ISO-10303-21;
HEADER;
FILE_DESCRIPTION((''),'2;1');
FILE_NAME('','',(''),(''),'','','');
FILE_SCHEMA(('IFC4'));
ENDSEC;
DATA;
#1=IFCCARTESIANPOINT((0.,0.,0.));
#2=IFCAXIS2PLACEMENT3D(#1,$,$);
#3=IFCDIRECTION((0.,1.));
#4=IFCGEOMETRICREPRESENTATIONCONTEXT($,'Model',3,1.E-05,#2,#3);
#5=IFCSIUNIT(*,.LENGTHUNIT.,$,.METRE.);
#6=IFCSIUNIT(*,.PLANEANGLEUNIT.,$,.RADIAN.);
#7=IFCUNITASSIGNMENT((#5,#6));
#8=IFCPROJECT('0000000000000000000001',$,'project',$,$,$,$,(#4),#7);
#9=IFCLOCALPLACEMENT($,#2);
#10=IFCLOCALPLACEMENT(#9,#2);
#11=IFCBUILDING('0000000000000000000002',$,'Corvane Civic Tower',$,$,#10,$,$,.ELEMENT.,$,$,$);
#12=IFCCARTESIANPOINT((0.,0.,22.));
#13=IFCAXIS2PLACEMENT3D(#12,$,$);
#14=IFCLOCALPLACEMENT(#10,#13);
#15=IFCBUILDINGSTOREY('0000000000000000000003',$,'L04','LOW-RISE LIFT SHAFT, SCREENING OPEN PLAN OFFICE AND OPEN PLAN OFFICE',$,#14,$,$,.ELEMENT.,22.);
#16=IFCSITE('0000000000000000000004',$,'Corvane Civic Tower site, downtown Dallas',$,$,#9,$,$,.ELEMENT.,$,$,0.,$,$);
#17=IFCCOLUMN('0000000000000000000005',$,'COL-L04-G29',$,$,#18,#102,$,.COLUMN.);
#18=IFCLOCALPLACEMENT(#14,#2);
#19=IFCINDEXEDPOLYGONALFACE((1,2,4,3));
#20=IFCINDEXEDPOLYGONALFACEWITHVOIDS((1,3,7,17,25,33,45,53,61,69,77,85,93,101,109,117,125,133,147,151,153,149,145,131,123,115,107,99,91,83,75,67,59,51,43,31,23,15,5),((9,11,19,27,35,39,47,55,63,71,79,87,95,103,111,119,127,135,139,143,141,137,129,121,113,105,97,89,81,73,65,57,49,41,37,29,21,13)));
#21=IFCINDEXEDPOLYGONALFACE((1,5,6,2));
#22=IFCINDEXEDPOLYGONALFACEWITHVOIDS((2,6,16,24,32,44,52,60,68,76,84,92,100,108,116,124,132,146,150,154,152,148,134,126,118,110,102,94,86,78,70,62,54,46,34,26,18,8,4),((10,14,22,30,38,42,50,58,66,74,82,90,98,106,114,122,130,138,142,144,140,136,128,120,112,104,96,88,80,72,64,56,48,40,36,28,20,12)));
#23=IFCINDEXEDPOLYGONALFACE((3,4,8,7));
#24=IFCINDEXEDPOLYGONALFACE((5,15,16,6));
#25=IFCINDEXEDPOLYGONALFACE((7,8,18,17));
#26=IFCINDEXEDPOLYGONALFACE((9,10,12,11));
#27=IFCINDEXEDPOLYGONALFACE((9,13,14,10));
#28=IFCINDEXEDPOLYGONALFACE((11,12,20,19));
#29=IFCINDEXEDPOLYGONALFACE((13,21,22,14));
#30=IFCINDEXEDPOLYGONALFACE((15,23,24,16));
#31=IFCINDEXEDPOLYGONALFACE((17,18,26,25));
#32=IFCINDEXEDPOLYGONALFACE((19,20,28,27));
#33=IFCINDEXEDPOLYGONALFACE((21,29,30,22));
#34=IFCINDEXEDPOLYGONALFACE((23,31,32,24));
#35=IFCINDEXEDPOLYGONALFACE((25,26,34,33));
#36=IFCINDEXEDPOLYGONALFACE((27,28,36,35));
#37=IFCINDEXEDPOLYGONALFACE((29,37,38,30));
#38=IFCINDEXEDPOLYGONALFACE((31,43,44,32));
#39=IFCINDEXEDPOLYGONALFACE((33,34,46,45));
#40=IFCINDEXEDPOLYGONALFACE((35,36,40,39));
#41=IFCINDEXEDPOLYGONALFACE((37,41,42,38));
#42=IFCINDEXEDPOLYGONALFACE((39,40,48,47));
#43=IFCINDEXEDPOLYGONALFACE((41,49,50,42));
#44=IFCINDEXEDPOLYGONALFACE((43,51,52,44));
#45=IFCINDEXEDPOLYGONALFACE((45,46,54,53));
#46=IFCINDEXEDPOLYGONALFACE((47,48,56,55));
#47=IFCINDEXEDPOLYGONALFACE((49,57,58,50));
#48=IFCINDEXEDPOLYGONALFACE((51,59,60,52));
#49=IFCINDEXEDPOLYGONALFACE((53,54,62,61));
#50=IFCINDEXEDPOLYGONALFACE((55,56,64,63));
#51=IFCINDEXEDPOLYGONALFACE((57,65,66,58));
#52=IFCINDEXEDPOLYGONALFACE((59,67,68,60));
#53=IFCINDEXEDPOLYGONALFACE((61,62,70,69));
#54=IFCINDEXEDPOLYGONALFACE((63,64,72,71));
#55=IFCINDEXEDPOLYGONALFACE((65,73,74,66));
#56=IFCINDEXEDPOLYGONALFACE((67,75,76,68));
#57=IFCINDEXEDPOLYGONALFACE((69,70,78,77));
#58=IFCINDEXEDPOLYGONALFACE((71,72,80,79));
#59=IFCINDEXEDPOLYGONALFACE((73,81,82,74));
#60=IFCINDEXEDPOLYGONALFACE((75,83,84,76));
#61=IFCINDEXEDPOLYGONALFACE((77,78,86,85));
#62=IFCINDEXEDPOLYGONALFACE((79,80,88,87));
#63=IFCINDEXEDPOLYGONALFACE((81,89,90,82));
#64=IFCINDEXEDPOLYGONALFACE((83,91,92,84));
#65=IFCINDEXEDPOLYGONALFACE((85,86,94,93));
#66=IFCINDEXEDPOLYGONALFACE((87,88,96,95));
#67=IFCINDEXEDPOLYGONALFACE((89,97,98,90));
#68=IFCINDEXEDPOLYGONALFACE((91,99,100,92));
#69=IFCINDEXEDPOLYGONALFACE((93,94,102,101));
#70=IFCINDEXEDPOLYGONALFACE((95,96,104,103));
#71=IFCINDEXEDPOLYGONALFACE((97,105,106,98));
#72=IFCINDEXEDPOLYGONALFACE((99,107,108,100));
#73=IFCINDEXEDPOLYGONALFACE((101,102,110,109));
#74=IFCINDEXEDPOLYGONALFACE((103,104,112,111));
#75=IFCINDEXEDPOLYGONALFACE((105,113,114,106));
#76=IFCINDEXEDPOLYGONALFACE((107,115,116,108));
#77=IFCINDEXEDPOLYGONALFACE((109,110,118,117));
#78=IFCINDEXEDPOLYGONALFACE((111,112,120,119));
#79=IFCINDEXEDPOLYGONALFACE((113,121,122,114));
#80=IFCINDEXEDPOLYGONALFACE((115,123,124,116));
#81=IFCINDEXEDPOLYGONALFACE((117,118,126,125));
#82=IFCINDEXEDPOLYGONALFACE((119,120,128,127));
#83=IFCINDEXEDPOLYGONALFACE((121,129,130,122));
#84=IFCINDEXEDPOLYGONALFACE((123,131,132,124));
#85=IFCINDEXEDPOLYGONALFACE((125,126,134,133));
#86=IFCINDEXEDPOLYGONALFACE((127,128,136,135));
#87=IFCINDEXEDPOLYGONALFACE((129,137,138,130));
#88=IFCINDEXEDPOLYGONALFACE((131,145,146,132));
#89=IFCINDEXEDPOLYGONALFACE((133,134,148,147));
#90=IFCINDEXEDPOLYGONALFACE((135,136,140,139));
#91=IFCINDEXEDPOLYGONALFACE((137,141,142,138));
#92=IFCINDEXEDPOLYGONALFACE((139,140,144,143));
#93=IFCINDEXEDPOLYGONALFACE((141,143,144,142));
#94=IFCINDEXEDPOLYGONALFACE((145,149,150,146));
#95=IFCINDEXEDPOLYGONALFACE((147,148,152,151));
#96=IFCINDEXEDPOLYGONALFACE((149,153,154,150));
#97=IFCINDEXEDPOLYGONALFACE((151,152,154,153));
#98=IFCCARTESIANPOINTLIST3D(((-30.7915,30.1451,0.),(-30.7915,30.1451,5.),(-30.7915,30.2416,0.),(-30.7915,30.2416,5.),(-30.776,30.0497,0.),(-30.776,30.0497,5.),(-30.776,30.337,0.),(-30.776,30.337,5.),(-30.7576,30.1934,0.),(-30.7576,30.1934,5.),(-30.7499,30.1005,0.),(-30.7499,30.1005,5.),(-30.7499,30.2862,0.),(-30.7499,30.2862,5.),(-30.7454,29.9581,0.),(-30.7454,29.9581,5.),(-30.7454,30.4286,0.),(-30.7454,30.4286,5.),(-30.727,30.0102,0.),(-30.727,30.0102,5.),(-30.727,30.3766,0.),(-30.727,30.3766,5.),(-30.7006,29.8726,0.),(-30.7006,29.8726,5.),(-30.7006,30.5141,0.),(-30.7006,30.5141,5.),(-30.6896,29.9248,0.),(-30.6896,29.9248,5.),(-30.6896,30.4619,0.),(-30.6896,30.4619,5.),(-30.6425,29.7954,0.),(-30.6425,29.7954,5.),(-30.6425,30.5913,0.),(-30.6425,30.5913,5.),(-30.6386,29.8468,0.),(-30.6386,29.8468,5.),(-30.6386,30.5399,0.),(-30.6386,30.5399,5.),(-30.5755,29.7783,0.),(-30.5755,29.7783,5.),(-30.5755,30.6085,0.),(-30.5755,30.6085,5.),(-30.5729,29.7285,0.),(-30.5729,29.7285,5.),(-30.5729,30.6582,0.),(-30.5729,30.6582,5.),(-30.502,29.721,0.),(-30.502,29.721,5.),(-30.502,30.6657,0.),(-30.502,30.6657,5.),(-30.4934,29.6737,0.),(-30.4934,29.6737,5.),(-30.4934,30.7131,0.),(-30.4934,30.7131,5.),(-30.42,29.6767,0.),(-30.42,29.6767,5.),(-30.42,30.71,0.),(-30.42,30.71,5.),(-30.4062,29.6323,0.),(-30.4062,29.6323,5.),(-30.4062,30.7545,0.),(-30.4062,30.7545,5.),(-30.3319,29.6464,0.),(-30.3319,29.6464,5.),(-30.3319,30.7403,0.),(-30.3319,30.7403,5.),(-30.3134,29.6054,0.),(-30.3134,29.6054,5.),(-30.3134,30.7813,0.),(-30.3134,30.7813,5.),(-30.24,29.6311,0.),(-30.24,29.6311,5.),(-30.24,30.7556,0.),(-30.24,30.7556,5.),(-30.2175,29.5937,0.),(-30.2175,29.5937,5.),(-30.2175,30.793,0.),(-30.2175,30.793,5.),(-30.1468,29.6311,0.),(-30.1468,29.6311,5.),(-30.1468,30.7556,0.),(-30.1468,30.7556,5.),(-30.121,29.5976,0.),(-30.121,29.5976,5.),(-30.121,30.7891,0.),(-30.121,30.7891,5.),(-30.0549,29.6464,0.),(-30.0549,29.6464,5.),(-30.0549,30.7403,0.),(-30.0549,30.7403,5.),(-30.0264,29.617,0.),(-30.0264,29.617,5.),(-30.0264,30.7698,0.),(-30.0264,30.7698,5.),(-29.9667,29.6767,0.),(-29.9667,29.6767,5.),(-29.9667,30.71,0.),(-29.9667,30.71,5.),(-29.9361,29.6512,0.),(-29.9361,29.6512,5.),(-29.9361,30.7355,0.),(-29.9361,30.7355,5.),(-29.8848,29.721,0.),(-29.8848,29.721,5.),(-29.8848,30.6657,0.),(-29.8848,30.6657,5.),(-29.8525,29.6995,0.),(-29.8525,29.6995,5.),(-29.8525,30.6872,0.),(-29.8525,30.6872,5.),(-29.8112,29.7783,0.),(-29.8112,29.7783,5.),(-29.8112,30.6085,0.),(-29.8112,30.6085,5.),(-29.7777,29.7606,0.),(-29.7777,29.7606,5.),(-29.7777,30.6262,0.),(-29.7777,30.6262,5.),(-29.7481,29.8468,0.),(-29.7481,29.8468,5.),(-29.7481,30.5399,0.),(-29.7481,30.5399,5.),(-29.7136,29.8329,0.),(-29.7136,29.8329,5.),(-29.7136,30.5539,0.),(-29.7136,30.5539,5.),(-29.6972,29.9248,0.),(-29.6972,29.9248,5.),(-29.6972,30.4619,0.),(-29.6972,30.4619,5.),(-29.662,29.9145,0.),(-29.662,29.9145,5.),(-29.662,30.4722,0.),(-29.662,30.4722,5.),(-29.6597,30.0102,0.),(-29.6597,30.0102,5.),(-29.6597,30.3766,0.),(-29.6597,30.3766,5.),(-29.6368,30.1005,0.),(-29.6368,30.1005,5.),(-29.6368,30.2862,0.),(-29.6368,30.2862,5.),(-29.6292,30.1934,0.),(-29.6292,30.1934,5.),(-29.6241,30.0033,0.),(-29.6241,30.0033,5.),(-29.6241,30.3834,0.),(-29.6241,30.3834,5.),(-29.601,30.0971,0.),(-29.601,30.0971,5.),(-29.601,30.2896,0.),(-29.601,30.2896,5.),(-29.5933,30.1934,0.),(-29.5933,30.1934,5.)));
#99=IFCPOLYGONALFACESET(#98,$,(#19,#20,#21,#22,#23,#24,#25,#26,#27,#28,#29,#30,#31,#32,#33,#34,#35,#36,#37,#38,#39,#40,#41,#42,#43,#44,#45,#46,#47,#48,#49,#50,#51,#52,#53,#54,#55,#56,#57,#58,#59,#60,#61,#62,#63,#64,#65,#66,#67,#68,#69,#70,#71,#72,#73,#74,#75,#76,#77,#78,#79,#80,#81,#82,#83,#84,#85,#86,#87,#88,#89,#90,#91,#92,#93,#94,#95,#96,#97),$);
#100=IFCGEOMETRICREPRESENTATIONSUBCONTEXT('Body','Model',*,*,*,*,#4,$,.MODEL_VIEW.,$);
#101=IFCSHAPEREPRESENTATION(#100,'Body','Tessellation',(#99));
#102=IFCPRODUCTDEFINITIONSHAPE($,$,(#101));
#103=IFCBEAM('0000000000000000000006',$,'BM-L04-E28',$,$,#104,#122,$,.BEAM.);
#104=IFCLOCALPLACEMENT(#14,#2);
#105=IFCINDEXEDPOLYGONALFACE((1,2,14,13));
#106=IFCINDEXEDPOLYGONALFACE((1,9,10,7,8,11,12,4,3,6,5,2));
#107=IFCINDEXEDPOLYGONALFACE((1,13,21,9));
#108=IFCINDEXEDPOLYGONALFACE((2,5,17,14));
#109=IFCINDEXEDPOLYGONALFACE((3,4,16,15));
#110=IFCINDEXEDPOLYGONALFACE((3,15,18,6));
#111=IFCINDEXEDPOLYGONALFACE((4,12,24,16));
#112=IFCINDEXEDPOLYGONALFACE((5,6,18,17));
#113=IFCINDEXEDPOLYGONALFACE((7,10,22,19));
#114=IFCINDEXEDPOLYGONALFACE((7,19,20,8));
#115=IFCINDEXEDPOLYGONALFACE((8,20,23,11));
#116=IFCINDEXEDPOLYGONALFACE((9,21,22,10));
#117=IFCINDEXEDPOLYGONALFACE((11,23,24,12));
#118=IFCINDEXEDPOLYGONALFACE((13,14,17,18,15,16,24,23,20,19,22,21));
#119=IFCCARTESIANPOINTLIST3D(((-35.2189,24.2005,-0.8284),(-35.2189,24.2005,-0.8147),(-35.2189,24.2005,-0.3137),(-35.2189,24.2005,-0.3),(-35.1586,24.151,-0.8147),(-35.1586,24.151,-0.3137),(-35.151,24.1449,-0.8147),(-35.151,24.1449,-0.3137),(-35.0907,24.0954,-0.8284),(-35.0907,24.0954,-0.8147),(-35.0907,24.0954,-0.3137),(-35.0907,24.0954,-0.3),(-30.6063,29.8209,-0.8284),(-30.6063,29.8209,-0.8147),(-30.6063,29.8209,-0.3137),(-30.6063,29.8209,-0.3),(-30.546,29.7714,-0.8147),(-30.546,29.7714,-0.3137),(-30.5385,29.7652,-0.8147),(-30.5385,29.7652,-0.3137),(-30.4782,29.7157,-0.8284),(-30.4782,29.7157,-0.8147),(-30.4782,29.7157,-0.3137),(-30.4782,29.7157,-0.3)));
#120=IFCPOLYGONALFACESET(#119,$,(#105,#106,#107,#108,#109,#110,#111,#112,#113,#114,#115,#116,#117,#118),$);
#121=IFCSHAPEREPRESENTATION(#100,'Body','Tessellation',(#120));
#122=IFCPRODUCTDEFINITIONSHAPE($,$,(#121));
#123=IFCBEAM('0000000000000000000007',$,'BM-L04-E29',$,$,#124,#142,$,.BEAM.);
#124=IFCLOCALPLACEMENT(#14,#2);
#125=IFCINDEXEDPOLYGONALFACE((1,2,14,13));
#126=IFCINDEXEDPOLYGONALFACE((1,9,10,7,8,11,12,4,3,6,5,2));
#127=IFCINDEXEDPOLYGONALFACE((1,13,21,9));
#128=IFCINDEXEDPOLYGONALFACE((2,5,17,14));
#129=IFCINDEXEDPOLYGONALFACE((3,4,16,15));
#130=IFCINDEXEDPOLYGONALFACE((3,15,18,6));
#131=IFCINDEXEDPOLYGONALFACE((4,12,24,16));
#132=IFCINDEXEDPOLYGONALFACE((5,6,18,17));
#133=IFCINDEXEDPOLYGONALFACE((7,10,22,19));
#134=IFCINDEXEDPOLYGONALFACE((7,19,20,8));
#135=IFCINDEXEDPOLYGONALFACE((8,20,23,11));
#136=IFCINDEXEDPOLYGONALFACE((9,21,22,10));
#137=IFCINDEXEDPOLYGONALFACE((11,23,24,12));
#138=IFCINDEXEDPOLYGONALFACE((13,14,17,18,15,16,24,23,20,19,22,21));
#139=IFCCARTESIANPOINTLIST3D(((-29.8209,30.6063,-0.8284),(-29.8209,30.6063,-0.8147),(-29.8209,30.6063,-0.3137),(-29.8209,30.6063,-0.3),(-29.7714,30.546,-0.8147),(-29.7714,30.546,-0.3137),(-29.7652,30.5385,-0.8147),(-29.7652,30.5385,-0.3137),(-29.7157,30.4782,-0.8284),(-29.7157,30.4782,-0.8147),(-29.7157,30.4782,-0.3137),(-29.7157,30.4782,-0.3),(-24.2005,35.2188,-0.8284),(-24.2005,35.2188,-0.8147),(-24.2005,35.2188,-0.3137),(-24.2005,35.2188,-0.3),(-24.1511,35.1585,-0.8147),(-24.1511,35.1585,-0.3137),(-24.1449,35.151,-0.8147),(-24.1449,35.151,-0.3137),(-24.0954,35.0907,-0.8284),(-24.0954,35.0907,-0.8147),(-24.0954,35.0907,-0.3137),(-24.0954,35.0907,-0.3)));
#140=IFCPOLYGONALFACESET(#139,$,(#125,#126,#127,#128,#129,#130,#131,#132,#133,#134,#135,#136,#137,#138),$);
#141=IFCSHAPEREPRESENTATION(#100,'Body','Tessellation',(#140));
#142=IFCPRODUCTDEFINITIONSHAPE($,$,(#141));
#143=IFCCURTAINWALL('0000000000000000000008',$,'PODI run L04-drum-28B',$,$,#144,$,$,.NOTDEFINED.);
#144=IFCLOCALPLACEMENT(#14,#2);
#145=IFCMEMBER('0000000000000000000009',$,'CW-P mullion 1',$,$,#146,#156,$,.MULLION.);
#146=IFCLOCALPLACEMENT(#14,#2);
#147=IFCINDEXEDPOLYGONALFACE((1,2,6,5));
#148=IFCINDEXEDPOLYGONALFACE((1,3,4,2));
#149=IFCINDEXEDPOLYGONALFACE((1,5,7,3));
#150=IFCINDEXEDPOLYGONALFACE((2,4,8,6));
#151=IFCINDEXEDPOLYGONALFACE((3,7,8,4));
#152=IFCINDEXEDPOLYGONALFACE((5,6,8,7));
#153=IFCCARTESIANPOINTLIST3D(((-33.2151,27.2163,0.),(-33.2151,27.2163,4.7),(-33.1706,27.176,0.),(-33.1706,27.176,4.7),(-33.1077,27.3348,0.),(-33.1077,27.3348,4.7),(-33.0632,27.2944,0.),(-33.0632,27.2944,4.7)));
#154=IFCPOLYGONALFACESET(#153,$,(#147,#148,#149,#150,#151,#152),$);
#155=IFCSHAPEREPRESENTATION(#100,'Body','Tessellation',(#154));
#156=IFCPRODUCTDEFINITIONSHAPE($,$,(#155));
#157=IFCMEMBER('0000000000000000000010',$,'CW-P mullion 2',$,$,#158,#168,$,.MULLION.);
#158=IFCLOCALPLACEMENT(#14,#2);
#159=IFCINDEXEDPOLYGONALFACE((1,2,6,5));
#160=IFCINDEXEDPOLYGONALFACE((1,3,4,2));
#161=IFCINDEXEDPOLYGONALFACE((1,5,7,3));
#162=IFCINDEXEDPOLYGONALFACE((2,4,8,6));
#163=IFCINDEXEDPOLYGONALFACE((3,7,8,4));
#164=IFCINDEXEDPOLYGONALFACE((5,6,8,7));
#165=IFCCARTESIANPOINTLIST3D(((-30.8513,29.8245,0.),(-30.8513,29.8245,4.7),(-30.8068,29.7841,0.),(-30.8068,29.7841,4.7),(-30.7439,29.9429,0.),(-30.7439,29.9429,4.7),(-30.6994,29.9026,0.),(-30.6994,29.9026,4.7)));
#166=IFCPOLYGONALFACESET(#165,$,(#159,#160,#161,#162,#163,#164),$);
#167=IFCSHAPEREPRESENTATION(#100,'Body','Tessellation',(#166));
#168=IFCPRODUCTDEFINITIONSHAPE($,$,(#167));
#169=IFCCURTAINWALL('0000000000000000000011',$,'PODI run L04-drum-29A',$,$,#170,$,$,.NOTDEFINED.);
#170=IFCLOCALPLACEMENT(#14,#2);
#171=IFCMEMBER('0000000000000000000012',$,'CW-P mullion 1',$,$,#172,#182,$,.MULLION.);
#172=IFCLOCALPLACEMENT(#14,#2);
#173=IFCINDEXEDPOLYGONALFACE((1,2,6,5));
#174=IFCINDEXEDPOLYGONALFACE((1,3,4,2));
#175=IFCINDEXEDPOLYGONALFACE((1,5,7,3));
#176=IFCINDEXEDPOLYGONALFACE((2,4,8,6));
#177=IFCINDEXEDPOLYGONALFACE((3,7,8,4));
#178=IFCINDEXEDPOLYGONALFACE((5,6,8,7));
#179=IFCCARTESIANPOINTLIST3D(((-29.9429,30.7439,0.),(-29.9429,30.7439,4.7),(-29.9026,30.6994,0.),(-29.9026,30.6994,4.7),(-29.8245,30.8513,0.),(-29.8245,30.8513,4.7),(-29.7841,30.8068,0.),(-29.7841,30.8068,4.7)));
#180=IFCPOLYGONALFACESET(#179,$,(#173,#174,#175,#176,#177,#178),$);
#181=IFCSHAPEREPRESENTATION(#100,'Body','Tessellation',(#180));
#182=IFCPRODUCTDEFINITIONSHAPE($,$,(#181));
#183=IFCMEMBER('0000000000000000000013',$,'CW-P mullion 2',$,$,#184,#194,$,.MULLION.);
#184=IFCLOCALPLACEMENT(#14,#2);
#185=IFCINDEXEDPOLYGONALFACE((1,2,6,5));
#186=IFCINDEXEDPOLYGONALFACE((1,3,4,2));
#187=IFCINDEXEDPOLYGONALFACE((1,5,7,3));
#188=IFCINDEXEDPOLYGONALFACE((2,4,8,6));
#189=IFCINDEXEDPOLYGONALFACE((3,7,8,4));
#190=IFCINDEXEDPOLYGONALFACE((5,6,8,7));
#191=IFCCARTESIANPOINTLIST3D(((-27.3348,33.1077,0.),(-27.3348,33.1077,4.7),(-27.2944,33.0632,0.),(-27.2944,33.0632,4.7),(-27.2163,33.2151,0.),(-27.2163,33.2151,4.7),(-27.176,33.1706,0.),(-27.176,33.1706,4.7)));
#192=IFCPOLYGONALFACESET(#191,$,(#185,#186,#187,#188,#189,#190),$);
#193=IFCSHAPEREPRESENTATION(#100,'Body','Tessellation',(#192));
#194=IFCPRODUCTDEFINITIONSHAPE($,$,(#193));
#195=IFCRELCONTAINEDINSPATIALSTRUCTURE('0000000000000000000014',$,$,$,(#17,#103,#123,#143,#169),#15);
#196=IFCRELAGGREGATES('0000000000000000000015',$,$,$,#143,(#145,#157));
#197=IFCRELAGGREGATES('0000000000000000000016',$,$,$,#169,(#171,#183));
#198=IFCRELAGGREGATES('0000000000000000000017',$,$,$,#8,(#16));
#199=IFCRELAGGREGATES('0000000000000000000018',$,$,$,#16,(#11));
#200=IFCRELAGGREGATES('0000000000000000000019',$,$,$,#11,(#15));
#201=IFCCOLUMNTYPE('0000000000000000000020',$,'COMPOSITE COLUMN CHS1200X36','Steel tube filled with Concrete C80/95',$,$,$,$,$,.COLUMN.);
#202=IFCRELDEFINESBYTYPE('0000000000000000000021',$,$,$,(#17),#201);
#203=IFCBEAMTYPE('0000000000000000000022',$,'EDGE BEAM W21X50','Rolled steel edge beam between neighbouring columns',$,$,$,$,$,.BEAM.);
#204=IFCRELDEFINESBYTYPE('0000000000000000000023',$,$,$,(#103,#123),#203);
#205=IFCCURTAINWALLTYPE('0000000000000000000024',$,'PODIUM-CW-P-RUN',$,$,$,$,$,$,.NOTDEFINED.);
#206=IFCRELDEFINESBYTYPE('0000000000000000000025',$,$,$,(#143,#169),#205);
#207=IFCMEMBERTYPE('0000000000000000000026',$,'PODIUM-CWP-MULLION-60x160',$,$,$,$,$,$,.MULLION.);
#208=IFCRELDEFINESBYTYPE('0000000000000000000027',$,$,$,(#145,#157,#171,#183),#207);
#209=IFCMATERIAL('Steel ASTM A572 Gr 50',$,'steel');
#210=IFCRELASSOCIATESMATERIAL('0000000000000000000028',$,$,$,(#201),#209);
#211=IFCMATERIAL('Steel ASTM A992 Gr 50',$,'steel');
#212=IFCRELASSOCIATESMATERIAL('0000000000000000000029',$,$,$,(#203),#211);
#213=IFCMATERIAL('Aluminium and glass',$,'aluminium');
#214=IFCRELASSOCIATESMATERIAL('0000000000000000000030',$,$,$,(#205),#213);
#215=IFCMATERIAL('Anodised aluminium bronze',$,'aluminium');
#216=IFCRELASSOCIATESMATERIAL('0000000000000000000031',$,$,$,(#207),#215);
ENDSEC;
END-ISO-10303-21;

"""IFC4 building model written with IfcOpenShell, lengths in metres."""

from ifc_helpers import new_model, si_unit, direction, frame, origin, origin_2d, place, context, subcontext, project, spatial, rectangle, hollow_circle, i_section, extrude, material, material_profile, profile_set, type_object, element, aggregate, save


model = new_model("IFC4")

# Units and contexts
model_context = context("Model", 3, precision=1e-05, world=origin(), true_north=direction((0.0, 1.0)))
body_context = subcontext(model_context, "Body", "Model", "MODEL_VIEW")
ifc_project = project(units=[si_unit("LENGTHUNIT", "METRE"), si_unit("PLANEANGLEUNIT", "RADIAN")], contexts=[model_context])

# Site, building, storey
site_placement = place(None, origin())
site = spatial("IfcSite", under=ifc_project, at=site_placement, Name="Corvane Civic Tower site, downtown Dallas", CompositionType="ELEMENT", RefElevation=0.0)
building_placement = place(site_placement, origin())
building = spatial("IfcBuilding", under=site, at=building_placement, Name="Corvane Civic Tower", CompositionType="ELEMENT")
storey_placement = place(building_placement, frame((0.0, 0.0, 22.0)))
storey = spatial("IfcBuildingStorey", under=building, at=storey_placement, Name="L04", Description="LOW-RISE LIFT SHAFT, SCREENING OPEN PLAN OFFICE AND OPEN PLAN OFFICE", CompositionType="ELEMENT", Elevation=22.0)

# Column
ifc_material_1 = material(Name="Steel ASTM A572 Gr 50", Category="steel")
ifc_material_profile_1 = material_profile(ifc_material_1, hollow_circle(Radius=0.6001, WallThickness=0.0359, at=origin_2d()), Name="CHS1200X36")
ifc_profile_set_1 = profile_set([ifc_material_profile_1], Name="Steel ASTM A572 Gr 50")
column_type = type_object("IfcColumnType", Name="COMPOSITE COLUMN CHS1200X36", Description="Steel tube filled with Concrete C80/95", PredefinedType="COLUMN", material=ifc_profile_set_1)
column_placement = place(storey_placement, frame((-30.1934, 30.1934, 0.0), z_axis=(0.0, 0.0, 1.0), x_axis=(1.0, 0.0, 0.0)))
element("IfcColumn", 1, at=column_placement, inside=storey, type_object=column_type, Name="COL-L04-G29", PredefinedType="COLUMN", context=body_context, shape_type="SweptSolid", body=[
    extrude(hollow_circle(Radius=0.6001, WallThickness=0.0359, at=origin_2d()), origin(), (0.0, 0.0, 1.0), 5.0),
])

# Beams
ifc_material_2 = material(Name="Steel ASTM A992 Gr 50", Category="steel")
ifc_material_profile_2 = material_profile(ifc_material_2, i_section(OverallWidth=0.1658, OverallDepth=0.5283, WebThickness=0.0098, FlangeThickness=0.0137, at=origin_2d()), Name="W21X50")
ifc_profile_set_2 = profile_set([ifc_material_profile_2], Name="Steel ASTM A992 Gr 50")
beam_type = type_object("IfcBeamType", Name="EDGE BEAM W21X50", Description="Rolled steel edge beam between neighbouring columns", PredefinedType="BEAM", material=ifc_profile_set_2)
for number, where, z_axis, x_axis, name in (
    (2, (-35.1548, 24.1479, -0.5642), (0.634396, 0.773008, 0.0), (-0.773008, 0.634396, 0.0), "BM-L04-E28"),
    (3, (-29.7683, 30.5422, -0.5642), (0.773008, 0.634396, 0.0), (-0.634396, 0.773008, 0.0), "BM-L04-E29"),
):
    element("IfcBeam", number, at=place(storey_placement, frame(where, z_axis=z_axis, x_axis=x_axis)), inside=storey, type_object=beam_type, Name=name, PredefinedType="BEAM", context=body_context, shape_type="SweptSolid", body=[
        extrude(i_section(OverallWidth=0.1658, OverallDepth=0.5283, WebThickness=0.0098, FlangeThickness=0.0137, at=origin_2d()), origin(), (0.0, 0.0, 1.0), 7.2708),
    ])

# Curtain walls, members
ifc_material_3 = material(Name="Aluminium and glass", Category="aluminium")
curtain_wall_type = type_object("IfcCurtainWallType", Name="PODIUM-CW-P-RUN", PredefinedType="NOTDEFINED", material=ifc_material_3)
curtain_wall_1_placement = place(storey_placement, origin())
curtain_wall_1 = element("IfcCurtainWall", 4, at=curtain_wall_1_placement, inside=storey, type_object=curtain_wall_type, Name="PODI run L04-drum-28B", PredefinedType="NOTDEFINED")
ifc_material_4 = material(Name="Anodised aluminium bronze", Category="aluminium")
ifc_material_profile_3 = material_profile(ifc_material_4, rectangle(XDim=0.0601, YDim=0.1599, at=origin_2d()), Name="AL 60x160")
ifc_profile_set_3 = profile_set([ifc_material_profile_3], Name="Anodised aluminium bronze")
member_type_1 = type_object("IfcMemberType", Name="PODIUM-CWP-MULLION-60x160", PredefinedType="MULLION", material=ifc_profile_set_3)
member_1_placement = place(storey_placement, frame((-33.1392, 27.2554, 0.0), z_axis=(0.0, 0.0, 1.0), x_axis=(-0.740935, 0.671576, 0.0)))
member_1 = element("IfcMember", 5, at=member_1_placement, type_object=member_type_1, Name="CW-P mullion 1", PredefinedType="MULLION", context=body_context, shape_type="SweptSolid", body=[
    extrude(rectangle(XDim=0.0601, YDim=0.1599, at=origin_2d()), origin(), (0.0, 0.0, 1.0), 4.7),
])
member_2_placement = place(storey_placement, frame((-30.7754, 29.8635, 0.0), z_axis=(0.0, 0.0, 1.0), x_axis=(-0.740935, 0.671576, 0.0)))
member_2 = element("IfcMember", 6, at=member_2_placement, type_object=member_type_1, Name="CW-P mullion 2", PredefinedType="MULLION", context=body_context, shape_type="SweptSolid", body=[
    extrude(rectangle(XDim=0.0601, YDim=0.1599, at=origin_2d()), origin(), (0.0, 0.0, 1.0), 4.7),
])
curtain_wall_2_placement = place(storey_placement, origin())
curtain_wall_2 = element("IfcCurtainWall", 7, at=curtain_wall_2_placement, inside=storey, type_object=curtain_wall_type, Name="PODI run L04-drum-29A", PredefinedType="NOTDEFINED")
member_3_placement = place(storey_placement, frame((-29.8635, 30.7754, 0.0), z_axis=(0.0, 0.0, 1.0), x_axis=(-0.671576, 0.740935, 0.0)))
member_3 = element("IfcMember", 8, at=member_3_placement, type_object=member_type_1, Name="CW-P mullion 1", PredefinedType="MULLION", context=body_context, shape_type="SweptSolid", body=[
    extrude(rectangle(XDim=0.0601, YDim=0.1599, at=origin_2d()), origin(), (0.0, 0.0, 1.0), 4.7),
])
member_4_placement = place(storey_placement, frame((-27.2554, 33.1392, 0.0), z_axis=(0.0, 0.0, 1.0), x_axis=(-0.671576, 0.740935, 0.0)))
member_4 = element("IfcMember", 9, at=member_4_placement, type_object=member_type_1, Name="CW-P mullion 2", PredefinedType="MULLION", context=body_context, shape_type="SweptSolid", body=[
    extrude(rectangle(XDim=0.0601, YDim=0.1599, at=origin_2d()), origin(), (0.0, 0.0, 1.0), 4.7),
])

aggregate(curtain_wall_1, [member_1, member_2])
aggregate(curtain_wall_2, [member_3, member_4])

save(model, "model.ifc")
